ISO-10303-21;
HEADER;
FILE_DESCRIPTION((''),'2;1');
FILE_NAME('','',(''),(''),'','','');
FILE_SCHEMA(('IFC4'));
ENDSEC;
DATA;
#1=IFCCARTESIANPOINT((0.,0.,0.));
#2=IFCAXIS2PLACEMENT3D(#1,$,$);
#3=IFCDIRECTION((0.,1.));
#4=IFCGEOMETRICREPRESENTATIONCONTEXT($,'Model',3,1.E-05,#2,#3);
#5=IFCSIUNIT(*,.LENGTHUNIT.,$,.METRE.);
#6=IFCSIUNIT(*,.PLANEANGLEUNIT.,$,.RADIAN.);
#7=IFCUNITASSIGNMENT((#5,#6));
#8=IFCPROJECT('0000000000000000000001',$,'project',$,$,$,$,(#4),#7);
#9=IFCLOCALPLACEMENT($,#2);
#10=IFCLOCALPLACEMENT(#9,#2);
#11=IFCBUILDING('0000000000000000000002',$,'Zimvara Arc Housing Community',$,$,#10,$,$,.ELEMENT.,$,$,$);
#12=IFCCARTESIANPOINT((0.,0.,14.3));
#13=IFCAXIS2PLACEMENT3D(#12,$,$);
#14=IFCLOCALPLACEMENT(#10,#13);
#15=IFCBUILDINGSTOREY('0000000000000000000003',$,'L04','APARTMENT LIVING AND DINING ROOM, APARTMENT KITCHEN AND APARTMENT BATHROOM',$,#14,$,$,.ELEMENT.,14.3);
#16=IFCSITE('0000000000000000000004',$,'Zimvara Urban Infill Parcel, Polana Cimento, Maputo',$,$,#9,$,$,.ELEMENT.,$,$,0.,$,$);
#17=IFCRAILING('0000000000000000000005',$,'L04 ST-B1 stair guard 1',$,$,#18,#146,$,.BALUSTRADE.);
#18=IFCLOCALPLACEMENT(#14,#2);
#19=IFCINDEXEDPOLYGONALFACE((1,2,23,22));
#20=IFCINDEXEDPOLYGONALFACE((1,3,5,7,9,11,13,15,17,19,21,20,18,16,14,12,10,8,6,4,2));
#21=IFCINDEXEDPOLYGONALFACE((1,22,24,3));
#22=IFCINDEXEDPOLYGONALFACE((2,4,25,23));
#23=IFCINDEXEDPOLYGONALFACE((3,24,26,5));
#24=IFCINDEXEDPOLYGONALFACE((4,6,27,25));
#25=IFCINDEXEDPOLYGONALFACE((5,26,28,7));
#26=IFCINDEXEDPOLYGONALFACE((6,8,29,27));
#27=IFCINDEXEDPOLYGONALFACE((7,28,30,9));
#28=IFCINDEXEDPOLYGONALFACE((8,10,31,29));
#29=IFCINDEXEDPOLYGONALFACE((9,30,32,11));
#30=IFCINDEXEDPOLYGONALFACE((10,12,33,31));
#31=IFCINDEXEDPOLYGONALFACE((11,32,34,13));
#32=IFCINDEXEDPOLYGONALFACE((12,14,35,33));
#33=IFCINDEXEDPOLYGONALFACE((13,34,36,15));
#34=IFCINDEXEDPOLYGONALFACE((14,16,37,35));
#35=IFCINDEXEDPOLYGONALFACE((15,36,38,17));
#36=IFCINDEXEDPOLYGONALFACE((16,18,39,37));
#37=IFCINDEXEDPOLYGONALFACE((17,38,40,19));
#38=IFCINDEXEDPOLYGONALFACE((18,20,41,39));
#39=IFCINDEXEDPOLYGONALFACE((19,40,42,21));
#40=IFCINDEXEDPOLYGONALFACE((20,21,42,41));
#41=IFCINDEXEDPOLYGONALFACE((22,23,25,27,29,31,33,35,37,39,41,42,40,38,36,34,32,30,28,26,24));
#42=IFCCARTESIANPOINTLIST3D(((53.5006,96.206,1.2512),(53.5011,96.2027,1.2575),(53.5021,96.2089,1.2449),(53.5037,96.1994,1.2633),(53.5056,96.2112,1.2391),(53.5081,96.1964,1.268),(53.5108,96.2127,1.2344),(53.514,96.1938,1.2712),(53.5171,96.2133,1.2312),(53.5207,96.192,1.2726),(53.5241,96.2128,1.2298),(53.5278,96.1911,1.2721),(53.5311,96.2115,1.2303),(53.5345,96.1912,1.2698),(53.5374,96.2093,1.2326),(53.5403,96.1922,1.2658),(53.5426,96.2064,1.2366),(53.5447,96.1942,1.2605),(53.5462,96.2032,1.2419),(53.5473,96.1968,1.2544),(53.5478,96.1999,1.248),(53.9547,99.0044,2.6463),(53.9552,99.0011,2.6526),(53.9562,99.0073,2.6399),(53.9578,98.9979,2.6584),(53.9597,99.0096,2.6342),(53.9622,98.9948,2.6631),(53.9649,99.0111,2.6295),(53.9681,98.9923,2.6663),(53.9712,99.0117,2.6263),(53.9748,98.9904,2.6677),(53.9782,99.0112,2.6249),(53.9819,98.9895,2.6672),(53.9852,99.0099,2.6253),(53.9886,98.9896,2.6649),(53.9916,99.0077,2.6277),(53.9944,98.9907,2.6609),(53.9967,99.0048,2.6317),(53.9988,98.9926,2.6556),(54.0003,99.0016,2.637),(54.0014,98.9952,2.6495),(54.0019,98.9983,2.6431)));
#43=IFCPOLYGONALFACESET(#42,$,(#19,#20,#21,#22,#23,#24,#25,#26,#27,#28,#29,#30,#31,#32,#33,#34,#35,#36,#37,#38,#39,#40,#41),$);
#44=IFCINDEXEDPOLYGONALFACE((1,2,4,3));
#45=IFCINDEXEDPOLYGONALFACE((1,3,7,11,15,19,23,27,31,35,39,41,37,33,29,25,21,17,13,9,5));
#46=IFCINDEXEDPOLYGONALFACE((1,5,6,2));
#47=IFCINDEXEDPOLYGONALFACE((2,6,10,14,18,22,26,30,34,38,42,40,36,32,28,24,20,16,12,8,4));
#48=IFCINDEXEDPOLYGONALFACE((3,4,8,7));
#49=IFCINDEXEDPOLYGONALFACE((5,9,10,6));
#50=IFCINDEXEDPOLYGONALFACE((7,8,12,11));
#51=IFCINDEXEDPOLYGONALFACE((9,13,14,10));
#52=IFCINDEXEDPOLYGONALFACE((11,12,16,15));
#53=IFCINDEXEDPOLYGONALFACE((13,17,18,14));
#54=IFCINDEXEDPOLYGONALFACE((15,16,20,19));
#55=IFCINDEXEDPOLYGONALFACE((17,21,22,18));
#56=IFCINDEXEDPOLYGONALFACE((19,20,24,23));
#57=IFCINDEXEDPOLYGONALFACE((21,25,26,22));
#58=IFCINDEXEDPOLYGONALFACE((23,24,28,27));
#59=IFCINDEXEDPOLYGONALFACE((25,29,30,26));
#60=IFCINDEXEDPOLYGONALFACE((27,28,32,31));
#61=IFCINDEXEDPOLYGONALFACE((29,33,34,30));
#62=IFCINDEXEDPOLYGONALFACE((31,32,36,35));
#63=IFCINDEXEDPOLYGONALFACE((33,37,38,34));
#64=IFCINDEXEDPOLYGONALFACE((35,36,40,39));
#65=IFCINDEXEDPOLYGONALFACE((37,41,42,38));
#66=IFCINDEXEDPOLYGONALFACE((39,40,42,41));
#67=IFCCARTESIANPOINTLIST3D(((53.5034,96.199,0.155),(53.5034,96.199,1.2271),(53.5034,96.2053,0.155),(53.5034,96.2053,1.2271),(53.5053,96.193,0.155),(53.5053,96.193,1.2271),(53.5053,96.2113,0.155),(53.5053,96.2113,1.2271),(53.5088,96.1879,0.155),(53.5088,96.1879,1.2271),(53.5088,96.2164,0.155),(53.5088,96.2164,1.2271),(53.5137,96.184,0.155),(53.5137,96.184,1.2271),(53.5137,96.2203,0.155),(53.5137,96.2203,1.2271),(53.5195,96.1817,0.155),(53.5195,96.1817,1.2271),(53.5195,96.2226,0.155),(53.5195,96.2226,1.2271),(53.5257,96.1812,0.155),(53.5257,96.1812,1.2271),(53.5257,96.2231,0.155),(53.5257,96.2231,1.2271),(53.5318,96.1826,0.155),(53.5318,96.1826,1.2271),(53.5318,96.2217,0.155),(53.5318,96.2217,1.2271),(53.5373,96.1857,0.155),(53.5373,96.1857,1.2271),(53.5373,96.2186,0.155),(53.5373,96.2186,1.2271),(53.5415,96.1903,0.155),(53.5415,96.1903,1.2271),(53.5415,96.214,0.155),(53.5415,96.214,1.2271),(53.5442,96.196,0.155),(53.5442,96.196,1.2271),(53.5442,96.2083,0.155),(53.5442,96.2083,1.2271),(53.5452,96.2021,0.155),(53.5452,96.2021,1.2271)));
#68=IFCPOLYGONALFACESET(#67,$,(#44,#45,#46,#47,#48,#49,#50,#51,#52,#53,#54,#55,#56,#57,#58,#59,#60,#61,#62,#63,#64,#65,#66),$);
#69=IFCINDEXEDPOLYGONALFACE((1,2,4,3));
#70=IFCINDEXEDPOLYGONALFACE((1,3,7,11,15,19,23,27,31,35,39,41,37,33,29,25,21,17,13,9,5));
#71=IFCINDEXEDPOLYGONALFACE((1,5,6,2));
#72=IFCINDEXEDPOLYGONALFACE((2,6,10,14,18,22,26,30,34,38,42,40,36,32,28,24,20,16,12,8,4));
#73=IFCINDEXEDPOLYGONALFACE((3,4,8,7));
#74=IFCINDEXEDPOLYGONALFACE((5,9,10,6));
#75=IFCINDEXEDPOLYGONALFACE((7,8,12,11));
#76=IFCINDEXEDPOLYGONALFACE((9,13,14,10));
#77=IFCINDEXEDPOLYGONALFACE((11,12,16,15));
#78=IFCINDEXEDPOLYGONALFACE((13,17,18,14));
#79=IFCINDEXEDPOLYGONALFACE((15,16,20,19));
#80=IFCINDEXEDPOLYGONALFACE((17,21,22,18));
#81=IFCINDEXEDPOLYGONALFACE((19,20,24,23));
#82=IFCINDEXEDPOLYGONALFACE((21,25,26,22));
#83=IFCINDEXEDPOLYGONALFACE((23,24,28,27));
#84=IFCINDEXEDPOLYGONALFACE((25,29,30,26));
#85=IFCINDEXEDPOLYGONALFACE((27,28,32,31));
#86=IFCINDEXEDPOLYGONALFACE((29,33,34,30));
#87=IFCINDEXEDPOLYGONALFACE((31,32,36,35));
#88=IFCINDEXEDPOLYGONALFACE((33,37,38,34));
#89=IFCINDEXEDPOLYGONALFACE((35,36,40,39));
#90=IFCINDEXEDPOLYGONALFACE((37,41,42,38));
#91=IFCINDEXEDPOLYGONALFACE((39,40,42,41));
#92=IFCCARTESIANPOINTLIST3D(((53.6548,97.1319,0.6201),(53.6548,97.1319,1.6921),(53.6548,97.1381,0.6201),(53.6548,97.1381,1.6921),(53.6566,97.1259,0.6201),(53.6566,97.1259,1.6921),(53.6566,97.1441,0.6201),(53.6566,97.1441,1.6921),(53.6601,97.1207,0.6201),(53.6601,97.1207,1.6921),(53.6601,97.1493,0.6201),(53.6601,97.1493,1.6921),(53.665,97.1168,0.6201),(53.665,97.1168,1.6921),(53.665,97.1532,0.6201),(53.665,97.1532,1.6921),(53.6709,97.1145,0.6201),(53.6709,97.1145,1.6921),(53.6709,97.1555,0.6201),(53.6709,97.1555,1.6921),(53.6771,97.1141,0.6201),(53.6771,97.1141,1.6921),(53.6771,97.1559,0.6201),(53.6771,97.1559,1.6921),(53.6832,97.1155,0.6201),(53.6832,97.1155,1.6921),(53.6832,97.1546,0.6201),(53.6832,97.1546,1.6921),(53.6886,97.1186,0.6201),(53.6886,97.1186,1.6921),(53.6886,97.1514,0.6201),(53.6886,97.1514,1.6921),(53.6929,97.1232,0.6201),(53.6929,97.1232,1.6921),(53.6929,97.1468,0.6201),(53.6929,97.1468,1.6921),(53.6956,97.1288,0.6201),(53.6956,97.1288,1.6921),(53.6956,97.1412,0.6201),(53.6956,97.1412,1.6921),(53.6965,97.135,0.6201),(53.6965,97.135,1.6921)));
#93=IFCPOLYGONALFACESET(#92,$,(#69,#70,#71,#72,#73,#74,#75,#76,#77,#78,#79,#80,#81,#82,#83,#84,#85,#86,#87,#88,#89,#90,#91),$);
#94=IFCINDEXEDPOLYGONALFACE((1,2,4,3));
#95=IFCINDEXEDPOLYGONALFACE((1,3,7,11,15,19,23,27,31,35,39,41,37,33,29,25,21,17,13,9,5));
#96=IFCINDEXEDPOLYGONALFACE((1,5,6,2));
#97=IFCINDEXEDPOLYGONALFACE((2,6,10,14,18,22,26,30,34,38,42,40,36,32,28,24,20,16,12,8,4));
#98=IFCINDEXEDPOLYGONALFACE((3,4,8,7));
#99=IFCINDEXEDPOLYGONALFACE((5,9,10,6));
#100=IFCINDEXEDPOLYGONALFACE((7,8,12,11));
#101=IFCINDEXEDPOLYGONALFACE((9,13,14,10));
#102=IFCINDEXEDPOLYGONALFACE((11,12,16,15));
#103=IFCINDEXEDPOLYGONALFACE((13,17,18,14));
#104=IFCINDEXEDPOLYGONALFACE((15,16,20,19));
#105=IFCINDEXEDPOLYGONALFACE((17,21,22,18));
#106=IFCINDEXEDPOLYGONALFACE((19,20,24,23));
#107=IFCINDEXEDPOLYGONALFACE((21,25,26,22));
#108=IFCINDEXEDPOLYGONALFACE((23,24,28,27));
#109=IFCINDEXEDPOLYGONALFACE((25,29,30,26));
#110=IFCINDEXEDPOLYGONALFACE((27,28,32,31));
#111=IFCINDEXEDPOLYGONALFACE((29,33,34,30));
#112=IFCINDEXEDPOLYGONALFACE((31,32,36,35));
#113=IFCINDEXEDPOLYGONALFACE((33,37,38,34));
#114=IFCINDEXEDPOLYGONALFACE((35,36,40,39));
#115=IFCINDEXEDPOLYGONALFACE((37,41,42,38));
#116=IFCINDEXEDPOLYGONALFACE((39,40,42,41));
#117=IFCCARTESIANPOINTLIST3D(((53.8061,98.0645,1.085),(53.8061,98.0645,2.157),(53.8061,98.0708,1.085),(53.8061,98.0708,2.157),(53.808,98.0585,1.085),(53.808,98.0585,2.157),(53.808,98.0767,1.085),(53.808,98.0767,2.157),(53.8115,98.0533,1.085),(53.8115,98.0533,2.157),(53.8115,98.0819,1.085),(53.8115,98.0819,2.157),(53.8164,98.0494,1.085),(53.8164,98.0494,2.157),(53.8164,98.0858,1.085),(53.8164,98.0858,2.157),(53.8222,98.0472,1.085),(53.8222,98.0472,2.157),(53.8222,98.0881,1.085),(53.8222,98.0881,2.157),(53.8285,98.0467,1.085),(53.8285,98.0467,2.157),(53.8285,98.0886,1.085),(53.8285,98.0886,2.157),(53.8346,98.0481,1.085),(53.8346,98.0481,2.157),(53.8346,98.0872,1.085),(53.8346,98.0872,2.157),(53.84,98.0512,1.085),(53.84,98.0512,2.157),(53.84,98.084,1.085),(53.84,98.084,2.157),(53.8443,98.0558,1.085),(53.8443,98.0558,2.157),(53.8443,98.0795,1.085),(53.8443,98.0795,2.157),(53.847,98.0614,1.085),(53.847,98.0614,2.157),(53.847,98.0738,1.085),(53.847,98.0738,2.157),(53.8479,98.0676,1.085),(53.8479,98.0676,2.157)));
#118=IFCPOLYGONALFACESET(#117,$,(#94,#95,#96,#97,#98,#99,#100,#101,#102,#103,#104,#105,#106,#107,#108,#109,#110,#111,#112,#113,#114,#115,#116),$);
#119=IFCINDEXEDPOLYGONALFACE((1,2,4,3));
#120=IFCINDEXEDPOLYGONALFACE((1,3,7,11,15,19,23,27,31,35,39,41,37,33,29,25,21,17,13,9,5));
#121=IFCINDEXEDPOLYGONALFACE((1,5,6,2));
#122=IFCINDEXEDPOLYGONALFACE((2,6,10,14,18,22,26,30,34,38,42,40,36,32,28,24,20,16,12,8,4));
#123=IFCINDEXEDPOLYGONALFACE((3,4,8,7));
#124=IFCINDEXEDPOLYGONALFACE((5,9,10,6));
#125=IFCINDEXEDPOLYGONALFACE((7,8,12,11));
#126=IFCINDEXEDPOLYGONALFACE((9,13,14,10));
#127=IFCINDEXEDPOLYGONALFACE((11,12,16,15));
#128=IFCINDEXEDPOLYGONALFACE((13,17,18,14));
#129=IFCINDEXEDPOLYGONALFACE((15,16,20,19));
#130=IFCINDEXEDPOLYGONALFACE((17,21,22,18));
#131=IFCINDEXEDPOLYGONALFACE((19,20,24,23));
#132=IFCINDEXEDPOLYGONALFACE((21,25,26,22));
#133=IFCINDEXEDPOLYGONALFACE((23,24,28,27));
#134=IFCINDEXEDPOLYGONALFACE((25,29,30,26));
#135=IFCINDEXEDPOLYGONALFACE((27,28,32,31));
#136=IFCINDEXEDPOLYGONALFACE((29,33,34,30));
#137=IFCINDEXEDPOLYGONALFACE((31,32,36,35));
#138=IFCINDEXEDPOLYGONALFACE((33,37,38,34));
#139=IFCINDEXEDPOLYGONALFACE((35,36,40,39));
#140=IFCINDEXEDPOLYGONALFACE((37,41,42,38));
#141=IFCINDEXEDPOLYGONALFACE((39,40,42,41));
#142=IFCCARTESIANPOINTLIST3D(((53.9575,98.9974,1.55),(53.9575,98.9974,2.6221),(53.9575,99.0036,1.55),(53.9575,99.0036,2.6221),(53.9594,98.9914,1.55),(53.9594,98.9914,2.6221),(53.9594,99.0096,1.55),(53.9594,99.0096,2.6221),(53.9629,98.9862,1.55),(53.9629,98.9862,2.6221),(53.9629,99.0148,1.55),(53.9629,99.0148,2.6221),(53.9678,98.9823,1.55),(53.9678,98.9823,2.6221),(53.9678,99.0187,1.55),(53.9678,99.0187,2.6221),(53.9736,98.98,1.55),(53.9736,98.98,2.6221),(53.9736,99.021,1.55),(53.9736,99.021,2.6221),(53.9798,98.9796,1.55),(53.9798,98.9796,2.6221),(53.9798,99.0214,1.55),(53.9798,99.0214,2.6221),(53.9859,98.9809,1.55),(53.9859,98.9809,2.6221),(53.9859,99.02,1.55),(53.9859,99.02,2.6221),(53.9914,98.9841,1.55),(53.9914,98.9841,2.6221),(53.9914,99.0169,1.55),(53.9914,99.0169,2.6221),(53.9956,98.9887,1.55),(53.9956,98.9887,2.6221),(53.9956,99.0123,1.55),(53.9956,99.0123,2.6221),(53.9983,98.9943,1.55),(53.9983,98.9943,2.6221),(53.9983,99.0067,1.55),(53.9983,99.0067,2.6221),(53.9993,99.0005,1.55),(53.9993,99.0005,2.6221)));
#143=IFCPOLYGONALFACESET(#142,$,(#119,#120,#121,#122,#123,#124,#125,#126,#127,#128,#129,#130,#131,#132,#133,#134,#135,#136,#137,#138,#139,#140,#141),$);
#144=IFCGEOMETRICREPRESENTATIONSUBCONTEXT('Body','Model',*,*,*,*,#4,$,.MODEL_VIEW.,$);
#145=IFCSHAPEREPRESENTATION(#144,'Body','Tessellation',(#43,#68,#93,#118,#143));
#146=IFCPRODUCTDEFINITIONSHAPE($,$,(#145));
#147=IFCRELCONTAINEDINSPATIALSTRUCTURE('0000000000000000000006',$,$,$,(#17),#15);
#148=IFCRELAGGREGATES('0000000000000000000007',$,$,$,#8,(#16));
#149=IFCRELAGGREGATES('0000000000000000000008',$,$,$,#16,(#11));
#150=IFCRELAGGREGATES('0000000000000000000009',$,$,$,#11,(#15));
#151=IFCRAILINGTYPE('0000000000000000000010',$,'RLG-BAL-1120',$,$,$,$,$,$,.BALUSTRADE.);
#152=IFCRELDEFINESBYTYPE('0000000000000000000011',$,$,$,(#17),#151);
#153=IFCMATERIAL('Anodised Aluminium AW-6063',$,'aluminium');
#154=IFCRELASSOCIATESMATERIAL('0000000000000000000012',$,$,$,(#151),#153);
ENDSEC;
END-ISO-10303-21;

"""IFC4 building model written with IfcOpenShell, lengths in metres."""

from ifc_helpers import new_model, si_unit, direction, frame, origin, origin_2d, place, context, subcontext, project, spatial, circle, extrude, material, type_object, element, save


model = new_model("IFC4")

# Units and contexts
model_context = context("Model", 3, precision=1e-05, world=origin(), true_north=direction((0.0, 1.0)))
body_context = subcontext(model_context, "Body", "Model", "MODEL_VIEW")
ifc_project = project(units=[si_unit("LENGTHUNIT", "METRE"), si_unit("PLANEANGLEUNIT", "RADIAN")], contexts=[model_context])

# Site, building, storey
site_placement = place(None, origin())
site = spatial("IfcSite", under=ifc_project, at=site_placement, Name="Zimvara Urban Infill Parcel, Polana Cimento, Maputo", CompositionType="ELEMENT", RefElevation=0.0)
building_placement = place(site_placement, origin())
building = spatial("IfcBuilding", under=site, at=building_placement, Name="Zimvara Arc Housing Community", CompositionType="ELEMENT")
storey_placement = place(building_placement, frame((0.0, 0.0, 14.3)))
storey = spatial("IfcBuildingStorey", under=building, at=storey_placement, Name="L04", Description="APARTMENT LIVING AND DINING ROOM, APARTMENT KITCHEN AND APARTMENT BATHROOM", CompositionType="ELEMENT", Elevation=14.3)

# Railing
ifc_material_1 = material(Name="Anodised Aluminium AW-6063", Category="aluminium")
railing_type = type_object("IfcRailingType", Name="RLG-BAL-1120", PredefinedType="BALUSTRADE", material=ifc_material_1)
railing_1_placement = place(storey_placement, frame((53.5242, 96.2021, 0.155)))
element("IfcRailing", 1, at=railing_1_placement, inside=storey, type_object=railing_type, Name="L04 ST-B1 stair guard 1", PredefinedType="BALUSTRADE", context=body_context, shape_type="SweptSolid", body=[
    extrude(circle(Radius=0.0239, at=origin_2d()), frame((0.0, 0.0, 1.0962), z_axis=(0.143722, 0.885666, 0.44152), x_axis=(-0.987088, 0.16018, 0.0)), (0.0, 0.0, 1.0), 3.1597),
    extrude(circle(Radius=0.021, at=origin_2d()), origin(), (0.0, 0.0, 1.0), 1.072),
    extrude(circle(Radius=0.021, at=origin_2d()), frame((0.1514, 0.9329, 0.4651)), (0.0, 0.0, 1.0), 1.072),
    extrude(circle(Radius=0.021, at=origin_2d()), frame((0.3027, 1.8655, 0.9299)), (0.0, 0.0, 1.0), 1.072),
    extrude(circle(Radius=0.021, at=origin_2d()), frame((0.4541, 2.7983, 1.395)), (0.0, 0.0, 1.0), 1.072),
])

save(model, "model.ifc")
